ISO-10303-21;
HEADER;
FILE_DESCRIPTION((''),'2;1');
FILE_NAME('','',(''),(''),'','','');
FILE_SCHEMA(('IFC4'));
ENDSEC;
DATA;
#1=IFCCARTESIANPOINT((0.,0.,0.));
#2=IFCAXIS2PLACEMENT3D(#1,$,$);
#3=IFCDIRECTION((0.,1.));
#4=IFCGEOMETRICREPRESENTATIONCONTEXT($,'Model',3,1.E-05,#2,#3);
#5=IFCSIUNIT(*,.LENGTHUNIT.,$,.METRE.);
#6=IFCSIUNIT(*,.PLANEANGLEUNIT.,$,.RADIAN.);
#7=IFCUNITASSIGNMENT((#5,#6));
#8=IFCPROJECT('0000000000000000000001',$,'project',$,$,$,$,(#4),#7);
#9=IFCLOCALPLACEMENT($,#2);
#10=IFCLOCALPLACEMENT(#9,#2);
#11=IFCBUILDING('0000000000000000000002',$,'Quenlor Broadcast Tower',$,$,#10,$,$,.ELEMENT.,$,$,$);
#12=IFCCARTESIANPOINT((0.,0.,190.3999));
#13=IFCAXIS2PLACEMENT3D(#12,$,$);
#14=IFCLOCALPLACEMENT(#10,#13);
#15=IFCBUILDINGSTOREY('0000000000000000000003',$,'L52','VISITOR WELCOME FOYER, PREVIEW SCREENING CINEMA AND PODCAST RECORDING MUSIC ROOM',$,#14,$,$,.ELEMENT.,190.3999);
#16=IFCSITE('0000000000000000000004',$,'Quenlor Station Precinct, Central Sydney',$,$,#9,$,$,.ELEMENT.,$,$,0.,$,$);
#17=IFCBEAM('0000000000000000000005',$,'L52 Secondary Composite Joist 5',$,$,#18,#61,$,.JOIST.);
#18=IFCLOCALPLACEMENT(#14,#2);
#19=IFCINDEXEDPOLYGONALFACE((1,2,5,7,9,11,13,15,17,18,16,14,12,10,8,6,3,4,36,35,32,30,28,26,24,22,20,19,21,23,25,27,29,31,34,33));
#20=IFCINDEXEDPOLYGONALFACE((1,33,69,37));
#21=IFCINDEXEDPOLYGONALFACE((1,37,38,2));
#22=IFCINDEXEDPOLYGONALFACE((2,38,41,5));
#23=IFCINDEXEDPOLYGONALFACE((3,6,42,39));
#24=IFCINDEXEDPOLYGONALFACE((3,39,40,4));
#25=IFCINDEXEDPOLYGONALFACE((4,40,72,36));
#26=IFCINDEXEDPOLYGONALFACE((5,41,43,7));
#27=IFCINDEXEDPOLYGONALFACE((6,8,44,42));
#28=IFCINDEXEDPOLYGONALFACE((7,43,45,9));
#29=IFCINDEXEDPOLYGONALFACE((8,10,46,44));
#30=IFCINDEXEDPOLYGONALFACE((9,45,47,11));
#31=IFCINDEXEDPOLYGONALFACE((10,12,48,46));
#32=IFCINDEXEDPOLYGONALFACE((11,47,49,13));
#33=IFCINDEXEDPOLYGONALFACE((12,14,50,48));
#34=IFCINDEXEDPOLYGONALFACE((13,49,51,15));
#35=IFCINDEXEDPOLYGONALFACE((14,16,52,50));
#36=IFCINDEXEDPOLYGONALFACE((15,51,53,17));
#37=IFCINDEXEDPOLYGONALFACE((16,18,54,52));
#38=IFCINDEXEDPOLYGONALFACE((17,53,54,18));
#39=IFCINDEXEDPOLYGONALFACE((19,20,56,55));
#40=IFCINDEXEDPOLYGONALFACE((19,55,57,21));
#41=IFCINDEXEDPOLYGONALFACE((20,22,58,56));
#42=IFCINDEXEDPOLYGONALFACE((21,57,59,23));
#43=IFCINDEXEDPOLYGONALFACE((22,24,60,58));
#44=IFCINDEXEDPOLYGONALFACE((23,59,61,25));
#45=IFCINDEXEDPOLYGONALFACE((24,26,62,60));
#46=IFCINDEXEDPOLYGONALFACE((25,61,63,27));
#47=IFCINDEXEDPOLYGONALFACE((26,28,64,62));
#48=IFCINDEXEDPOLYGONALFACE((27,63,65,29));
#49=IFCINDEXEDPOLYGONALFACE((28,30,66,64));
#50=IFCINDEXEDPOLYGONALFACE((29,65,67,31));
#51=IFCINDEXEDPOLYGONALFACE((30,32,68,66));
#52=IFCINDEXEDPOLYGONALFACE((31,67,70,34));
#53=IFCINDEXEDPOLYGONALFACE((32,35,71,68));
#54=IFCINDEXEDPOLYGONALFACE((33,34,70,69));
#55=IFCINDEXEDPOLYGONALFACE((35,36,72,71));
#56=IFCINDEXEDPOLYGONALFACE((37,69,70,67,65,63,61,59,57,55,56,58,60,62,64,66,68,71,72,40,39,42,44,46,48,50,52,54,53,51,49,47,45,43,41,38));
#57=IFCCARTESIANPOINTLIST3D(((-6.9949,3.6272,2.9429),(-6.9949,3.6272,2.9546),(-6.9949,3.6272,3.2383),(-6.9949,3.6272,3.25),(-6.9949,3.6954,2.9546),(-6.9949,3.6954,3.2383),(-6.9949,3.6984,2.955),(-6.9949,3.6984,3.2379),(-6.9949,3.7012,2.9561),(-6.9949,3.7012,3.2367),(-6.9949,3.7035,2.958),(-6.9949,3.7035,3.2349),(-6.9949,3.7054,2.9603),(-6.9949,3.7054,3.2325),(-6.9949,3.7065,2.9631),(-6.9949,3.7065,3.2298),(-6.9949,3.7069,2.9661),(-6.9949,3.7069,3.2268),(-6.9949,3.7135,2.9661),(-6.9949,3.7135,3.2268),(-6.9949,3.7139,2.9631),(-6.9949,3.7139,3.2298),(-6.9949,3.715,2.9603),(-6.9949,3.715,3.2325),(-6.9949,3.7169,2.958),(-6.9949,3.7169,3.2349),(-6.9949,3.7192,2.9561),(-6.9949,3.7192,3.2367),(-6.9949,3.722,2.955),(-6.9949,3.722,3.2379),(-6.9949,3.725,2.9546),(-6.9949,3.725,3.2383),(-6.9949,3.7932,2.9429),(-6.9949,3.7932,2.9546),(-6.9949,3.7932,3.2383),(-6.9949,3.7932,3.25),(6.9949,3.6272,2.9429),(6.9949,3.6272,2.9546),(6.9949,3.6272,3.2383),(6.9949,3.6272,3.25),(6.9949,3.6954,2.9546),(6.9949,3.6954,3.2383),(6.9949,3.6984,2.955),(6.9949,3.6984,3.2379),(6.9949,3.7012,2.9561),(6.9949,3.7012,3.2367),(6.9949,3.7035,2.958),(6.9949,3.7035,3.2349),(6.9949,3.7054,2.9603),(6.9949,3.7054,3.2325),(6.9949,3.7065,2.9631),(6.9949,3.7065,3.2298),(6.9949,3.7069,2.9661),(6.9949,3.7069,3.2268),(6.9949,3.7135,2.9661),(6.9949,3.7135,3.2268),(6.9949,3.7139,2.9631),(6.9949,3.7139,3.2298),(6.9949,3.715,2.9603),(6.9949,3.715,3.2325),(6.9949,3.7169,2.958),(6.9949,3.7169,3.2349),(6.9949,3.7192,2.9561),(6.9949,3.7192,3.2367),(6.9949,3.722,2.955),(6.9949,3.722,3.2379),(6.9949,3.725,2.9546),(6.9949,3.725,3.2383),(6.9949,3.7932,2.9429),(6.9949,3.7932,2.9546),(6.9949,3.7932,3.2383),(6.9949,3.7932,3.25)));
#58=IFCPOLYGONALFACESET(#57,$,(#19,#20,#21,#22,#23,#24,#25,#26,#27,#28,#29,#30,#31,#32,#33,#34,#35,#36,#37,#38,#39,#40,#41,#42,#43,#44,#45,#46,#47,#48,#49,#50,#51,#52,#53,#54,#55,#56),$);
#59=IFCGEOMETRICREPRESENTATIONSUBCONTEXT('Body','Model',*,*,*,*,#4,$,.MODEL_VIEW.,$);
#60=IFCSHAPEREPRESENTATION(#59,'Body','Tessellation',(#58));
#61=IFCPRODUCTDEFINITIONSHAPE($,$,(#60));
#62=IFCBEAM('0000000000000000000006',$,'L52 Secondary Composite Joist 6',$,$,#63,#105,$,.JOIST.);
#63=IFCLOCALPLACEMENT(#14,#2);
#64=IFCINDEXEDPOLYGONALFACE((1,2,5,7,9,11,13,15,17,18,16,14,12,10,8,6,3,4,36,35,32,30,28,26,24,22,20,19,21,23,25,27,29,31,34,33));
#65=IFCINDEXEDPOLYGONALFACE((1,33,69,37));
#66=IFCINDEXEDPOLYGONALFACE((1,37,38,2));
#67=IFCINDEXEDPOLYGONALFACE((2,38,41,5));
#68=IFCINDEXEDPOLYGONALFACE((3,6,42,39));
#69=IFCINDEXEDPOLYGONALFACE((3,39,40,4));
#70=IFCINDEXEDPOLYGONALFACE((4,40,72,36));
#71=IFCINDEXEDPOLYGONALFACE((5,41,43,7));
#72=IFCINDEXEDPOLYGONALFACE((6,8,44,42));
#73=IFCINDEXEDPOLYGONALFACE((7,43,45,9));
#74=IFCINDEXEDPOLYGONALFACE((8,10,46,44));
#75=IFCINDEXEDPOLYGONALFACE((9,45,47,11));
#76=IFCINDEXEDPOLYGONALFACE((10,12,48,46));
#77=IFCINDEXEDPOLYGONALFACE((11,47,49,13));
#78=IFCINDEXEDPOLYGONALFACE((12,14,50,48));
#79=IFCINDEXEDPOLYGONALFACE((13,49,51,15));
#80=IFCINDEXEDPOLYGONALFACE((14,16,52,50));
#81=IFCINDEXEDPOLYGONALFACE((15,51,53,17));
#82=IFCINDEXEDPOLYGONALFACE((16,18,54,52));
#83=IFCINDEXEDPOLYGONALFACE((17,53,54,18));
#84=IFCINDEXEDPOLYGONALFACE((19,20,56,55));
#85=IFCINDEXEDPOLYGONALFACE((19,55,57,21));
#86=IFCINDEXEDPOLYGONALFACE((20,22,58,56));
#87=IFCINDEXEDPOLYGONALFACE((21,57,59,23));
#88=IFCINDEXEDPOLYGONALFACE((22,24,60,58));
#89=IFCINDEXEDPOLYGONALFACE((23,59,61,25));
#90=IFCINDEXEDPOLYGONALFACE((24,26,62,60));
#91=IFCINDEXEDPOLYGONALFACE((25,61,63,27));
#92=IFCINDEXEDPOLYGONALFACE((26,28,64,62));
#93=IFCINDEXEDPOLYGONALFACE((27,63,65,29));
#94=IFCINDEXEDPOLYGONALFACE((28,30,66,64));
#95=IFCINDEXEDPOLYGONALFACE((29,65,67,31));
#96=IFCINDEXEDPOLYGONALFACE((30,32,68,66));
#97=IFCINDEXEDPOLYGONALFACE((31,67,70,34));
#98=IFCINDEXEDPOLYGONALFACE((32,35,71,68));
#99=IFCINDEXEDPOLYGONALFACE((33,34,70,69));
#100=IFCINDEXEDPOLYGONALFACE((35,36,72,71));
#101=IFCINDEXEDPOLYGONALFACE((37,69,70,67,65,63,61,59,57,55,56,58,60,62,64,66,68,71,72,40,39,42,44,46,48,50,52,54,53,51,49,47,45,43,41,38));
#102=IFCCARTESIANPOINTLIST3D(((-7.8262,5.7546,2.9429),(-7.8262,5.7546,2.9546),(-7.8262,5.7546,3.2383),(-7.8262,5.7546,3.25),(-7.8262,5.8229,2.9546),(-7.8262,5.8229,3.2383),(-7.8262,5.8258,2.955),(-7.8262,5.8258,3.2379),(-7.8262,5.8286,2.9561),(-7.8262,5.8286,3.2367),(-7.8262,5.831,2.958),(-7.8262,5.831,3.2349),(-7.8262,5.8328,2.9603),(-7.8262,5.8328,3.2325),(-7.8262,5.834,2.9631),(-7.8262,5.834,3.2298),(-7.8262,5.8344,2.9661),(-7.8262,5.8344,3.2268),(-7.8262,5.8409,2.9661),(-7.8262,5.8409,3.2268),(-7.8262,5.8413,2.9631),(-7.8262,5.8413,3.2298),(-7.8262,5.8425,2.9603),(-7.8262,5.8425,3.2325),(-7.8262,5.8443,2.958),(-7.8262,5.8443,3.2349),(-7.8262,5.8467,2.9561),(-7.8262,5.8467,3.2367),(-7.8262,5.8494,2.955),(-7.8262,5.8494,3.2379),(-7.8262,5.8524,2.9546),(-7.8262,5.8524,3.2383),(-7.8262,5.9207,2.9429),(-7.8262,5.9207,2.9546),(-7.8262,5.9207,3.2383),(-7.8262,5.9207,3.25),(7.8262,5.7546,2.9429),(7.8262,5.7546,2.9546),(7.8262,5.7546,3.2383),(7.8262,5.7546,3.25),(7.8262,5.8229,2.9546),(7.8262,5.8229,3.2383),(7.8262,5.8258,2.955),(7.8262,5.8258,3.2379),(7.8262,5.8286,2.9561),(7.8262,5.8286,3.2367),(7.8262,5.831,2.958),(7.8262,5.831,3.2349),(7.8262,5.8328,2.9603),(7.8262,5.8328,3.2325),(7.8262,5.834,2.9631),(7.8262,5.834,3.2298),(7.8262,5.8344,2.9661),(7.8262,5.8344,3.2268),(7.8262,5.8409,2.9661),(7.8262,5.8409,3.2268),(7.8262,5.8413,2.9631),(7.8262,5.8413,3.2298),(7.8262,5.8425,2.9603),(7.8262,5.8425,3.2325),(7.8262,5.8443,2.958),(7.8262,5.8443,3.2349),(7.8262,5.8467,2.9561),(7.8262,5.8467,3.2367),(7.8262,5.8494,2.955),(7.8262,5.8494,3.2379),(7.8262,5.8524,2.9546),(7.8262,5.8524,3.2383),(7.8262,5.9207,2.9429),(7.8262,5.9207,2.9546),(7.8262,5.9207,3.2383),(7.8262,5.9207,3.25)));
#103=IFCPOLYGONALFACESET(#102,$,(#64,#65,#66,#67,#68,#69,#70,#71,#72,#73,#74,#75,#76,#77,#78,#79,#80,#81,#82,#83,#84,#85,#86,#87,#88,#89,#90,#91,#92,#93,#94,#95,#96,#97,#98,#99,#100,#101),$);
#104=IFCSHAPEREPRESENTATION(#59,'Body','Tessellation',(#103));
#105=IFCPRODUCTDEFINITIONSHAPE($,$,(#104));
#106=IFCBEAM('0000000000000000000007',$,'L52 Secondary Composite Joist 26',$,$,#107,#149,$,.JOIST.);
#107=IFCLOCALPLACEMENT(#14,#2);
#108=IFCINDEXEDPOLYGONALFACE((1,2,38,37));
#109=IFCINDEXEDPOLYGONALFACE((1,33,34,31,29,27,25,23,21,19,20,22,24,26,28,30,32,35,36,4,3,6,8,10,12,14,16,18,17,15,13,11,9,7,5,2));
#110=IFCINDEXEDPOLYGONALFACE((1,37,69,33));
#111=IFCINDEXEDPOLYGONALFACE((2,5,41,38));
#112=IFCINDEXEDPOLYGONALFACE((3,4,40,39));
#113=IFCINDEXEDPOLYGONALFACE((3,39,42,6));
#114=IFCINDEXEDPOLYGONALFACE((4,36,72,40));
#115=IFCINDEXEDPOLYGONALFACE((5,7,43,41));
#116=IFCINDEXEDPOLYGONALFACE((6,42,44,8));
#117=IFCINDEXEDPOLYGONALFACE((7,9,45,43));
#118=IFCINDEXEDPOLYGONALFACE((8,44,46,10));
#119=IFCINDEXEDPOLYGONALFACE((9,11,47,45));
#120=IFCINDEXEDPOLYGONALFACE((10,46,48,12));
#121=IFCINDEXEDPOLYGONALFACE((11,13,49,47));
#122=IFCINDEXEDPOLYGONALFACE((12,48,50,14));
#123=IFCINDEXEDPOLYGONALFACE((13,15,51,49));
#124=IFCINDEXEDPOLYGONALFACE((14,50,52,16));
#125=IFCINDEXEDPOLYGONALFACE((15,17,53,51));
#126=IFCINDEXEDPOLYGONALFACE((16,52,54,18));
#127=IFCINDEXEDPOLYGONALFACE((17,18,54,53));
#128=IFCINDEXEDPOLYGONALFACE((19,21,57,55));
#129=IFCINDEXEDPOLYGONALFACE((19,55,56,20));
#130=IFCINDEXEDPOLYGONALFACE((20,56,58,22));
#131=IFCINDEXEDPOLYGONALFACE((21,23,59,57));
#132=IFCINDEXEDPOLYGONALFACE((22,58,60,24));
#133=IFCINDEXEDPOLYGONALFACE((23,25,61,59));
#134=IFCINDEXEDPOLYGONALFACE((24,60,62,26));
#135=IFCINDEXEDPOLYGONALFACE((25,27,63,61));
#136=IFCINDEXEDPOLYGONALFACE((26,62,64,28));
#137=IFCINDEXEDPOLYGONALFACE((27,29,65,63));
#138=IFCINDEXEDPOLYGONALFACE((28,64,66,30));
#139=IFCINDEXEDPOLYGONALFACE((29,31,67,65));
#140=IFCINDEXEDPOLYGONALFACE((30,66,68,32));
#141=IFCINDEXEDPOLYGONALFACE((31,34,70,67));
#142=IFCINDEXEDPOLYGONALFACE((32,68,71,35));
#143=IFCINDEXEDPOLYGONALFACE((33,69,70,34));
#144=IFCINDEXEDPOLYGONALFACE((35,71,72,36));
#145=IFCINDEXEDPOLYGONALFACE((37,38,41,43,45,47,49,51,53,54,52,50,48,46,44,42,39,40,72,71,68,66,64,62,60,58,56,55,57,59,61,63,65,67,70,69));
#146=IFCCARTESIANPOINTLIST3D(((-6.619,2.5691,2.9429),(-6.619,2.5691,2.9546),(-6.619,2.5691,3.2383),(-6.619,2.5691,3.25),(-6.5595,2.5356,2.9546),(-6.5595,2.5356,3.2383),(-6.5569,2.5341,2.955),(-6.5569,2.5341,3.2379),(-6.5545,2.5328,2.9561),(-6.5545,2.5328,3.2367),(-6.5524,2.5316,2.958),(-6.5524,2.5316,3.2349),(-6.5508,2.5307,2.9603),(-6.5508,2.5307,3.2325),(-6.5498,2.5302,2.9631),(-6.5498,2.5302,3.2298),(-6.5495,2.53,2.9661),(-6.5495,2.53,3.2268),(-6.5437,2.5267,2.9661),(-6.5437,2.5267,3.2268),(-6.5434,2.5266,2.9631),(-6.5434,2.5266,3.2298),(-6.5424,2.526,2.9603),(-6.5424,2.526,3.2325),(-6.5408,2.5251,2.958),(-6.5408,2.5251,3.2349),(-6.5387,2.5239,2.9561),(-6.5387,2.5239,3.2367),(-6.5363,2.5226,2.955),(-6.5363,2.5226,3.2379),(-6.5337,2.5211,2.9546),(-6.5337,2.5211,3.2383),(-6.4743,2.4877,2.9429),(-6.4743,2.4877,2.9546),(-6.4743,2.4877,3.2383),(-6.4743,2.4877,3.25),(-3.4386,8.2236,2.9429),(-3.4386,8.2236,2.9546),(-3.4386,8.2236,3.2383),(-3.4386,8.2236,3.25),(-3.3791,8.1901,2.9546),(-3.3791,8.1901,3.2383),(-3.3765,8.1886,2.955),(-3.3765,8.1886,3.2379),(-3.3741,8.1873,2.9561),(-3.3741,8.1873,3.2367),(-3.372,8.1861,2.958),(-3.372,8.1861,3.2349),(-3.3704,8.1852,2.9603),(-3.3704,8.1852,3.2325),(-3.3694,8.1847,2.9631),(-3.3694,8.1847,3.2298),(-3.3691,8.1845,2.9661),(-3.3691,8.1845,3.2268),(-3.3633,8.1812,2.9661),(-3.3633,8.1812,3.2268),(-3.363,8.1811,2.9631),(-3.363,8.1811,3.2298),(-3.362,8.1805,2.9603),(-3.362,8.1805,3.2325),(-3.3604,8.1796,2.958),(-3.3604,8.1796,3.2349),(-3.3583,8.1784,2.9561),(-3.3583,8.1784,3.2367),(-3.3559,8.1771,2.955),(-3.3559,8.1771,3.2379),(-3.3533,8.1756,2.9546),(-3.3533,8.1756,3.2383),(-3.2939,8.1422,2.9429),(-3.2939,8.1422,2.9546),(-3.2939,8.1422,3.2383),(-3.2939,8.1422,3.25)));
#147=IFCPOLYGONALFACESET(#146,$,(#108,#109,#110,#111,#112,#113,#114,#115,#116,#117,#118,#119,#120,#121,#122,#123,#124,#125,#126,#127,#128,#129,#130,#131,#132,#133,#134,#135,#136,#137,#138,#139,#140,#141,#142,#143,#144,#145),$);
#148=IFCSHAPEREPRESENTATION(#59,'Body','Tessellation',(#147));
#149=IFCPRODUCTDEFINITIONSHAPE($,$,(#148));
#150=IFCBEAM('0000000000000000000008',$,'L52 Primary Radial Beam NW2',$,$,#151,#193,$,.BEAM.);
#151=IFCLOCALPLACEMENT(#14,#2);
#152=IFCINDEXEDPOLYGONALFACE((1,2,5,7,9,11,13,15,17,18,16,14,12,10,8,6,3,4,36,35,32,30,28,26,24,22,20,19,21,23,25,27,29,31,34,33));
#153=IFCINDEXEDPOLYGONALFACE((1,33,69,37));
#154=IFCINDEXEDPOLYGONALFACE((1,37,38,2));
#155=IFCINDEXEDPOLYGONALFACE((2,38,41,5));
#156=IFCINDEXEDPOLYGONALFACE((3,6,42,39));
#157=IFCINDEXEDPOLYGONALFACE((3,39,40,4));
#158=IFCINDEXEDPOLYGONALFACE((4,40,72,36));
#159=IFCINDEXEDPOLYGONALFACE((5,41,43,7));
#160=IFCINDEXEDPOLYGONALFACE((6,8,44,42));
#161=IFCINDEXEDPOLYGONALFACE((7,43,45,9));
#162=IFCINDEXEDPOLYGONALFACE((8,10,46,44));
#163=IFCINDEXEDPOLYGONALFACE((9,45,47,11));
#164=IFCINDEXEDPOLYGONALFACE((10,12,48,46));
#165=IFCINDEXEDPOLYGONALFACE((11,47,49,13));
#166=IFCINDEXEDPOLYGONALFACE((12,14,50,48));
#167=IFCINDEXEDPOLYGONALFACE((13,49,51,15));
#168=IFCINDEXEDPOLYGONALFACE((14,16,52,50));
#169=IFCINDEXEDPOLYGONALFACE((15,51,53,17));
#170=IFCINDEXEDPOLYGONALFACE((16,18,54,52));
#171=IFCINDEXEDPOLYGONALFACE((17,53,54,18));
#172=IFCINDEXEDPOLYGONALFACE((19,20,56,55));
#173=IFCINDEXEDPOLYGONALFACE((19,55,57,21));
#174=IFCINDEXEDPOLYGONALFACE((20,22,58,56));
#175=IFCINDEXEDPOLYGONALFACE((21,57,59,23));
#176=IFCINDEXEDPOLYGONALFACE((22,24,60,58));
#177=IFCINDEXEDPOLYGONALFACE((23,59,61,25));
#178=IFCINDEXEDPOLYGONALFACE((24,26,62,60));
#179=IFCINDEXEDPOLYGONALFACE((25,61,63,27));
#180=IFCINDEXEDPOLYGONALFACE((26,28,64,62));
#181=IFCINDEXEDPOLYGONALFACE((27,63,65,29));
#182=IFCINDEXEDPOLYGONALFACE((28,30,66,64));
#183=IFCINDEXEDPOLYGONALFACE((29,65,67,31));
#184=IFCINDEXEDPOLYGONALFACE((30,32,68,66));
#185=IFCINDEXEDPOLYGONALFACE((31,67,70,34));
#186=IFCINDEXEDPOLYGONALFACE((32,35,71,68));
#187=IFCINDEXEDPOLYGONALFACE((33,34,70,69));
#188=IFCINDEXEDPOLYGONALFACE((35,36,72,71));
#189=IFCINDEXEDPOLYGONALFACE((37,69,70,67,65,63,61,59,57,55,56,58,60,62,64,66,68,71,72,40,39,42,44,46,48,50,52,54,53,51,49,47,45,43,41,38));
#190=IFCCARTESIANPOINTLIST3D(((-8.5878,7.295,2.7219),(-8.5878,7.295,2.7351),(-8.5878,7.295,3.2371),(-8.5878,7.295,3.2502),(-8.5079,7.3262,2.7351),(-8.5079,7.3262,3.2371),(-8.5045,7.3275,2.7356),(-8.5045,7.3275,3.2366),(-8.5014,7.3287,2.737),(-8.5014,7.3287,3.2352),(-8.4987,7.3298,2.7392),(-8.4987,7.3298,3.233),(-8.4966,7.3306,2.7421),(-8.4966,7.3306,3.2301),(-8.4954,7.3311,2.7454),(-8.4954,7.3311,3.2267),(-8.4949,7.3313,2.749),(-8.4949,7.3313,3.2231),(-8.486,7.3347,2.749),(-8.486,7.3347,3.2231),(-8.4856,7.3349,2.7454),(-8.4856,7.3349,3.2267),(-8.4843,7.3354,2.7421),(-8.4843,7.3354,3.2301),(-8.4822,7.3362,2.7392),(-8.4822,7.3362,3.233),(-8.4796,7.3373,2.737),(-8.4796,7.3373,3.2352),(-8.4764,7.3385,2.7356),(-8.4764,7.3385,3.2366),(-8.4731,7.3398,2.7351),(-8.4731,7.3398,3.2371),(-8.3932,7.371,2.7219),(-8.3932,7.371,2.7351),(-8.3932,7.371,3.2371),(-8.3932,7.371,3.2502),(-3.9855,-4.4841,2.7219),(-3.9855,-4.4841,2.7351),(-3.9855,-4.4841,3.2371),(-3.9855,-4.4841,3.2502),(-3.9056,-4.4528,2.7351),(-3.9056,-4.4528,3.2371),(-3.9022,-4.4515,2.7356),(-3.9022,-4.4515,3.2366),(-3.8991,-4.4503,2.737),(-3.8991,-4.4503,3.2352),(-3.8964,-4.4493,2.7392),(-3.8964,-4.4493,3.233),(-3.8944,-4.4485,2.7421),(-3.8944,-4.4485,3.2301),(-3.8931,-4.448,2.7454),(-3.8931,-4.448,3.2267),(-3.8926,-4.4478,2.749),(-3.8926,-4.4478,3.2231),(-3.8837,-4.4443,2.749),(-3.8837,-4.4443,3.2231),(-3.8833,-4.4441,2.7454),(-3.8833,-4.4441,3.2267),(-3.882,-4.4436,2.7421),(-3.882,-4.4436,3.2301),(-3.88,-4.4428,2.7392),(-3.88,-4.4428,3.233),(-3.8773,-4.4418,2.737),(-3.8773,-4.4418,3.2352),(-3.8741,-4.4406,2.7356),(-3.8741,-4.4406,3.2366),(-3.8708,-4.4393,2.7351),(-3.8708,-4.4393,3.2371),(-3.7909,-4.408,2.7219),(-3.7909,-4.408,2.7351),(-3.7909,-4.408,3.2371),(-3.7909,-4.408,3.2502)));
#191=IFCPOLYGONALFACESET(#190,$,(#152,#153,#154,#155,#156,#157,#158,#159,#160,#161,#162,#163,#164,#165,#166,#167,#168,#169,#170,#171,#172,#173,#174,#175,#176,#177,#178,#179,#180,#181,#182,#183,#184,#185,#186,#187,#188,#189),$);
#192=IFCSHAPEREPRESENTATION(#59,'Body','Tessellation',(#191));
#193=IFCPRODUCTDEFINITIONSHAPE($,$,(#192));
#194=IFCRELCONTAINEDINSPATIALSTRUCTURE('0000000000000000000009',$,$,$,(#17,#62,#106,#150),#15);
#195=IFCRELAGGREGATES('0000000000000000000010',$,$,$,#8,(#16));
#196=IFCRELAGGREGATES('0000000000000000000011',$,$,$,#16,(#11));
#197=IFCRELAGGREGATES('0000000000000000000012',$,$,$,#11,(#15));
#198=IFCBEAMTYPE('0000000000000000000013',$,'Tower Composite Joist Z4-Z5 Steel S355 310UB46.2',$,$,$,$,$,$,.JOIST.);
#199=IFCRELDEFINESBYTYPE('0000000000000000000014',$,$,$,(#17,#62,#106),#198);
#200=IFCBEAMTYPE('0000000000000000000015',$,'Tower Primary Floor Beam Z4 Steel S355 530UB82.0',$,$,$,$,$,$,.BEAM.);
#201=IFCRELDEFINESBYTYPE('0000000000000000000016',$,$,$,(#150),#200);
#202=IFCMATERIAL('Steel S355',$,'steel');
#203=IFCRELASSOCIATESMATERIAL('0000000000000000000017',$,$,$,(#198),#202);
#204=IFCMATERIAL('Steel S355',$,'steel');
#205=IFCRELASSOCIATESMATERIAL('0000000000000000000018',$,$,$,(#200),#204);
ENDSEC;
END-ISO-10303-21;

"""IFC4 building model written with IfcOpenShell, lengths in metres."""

from ifc_helpers import new_model, si_unit, direction, frame, origin, origin_2d, place, context, subcontext, project, spatial, i_section, extrude, material, material_profile, profile_set, type_object, element, save


model = new_model("IFC4")

# Units and contexts
model_context = context("Model", 3, precision=1e-05, world=origin(), true_north=direction((0.0, 1.0)))
body_context = subcontext(model_context, "Body", "Model", "MODEL_VIEW")
ifc_project = project(units=[si_unit("LENGTHUNIT", "METRE"), si_unit("PLANEANGLEUNIT", "RADIAN")], contexts=[model_context])

# Site, building, storey
site_placement = place(None, origin())
site = spatial("IfcSite", under=ifc_project, at=site_placement, Name="Quenlor Station Precinct, Central Sydney", CompositionType="ELEMENT", RefElevation=0.0)
building_placement = place(site_placement, origin())
building = spatial("IfcBuilding", under=site, at=building_placement, Name="Quenlor Broadcast Tower", CompositionType="ELEMENT")
storey_placement = place(building_placement, frame((0.0, 0.0, 190.3999)))
storey = spatial("IfcBuildingStorey", under=building, at=storey_placement, Name="L52", Description="VISITOR WELCOME FOYER, PREVIEW SCREENING CINEMA AND PODCAST RECORDING MUSIC ROOM", CompositionType="ELEMENT", Elevation=190.3999)

# Beams
ifc_material_1 = material(Name="Steel S355", Category="steel")
ifc_material_profile_1 = material_profile(ifc_material_1, i_section(OverallWidth=0.166, OverallDepth=0.3071, WebThickness=0.0066, FlangeThickness=0.0117, FilletRadius=0.0115, at=origin_2d()))
ifc_profile_set_1 = profile_set([ifc_material_profile_1], Name="Steel S355 310UB46.2")
beam_type_1 = type_object("IfcBeamType", Name="Tower Composite Joist Z4-Z5 Steel S355 310UB46.2", PredefinedType="JOIST", material=ifc_profile_set_1)
beam_1_placement = place(storey_placement, frame((-6.9949, 3.7102, 3.0964), z_axis=(1.0, 0.0, 0.0), x_axis=(0.0, 1.0, 0.0)))
element("IfcBeam", 1, at=beam_1_placement, inside=storey, type_object=beam_type_1, Name="L52 Secondary Composite Joist 5", PredefinedType="JOIST", context=body_context, shape_type="SweptSolid", body=[
    extrude(i_section(OverallWidth=0.166, OverallDepth=0.3071, WebThickness=0.0066, FlangeThickness=0.0117, FilletRadius=0.0115, at=origin_2d()), origin(), (0.0, 0.0, 1.0), 13.9897),
])
beam_2_placement = place(storey_placement, frame((-7.8262, 5.8376, 3.0964), z_axis=(1.0, 0.0, 0.0), x_axis=(0.0, 1.0, 0.0)))
element("IfcBeam", 2, at=beam_2_placement, inside=storey, type_object=beam_type_1, Name="L52 Secondary Composite Joist 6", PredefinedType="JOIST", context=body_context, shape_type="SweptSolid", body=[
    extrude(i_section(OverallWidth=0.166, OverallDepth=0.3071, WebThickness=0.0066, FlangeThickness=0.0117, FilletRadius=0.0115, at=origin_2d()), origin(), (0.0, 0.0, 1.0), 15.6523),
])
beam_3_placement = place(storey_placement, frame((-3.3662, 8.1829, 3.0964), z_axis=(-0.490231, -0.871593, 0.0), x_axis=(0.871593, -0.490231, 0.0)))
element("IfcBeam", 3, at=beam_3_placement, inside=storey, type_object=beam_type_1, Name="L52 Secondary Composite Joist 26", PredefinedType="JOIST", context=body_context, shape_type="SweptSolid", body=[
    extrude(i_section(OverallWidth=0.166, OverallDepth=0.3071, WebThickness=0.0066, FlangeThickness=0.0117, FilletRadius=0.0115, at=origin_2d()), origin(), (0.0, 0.0, 1.0), 6.4875),
])
ifc_material_2 = material(Name="Steel S355", Category="steel")
ifc_material_profile_2 = material_profile(ifc_material_2, i_section(OverallWidth=0.209, OverallDepth=0.5283, WebThickness=0.0095, FlangeThickness=0.0132, FilletRadius=0.0139, at=origin_2d()))
ifc_profile_set_2 = profile_set([ifc_material_profile_2], Name="Steel S355 530UB82.0")
beam_type_2 = type_object("IfcBeamType", Name="Tower Primary Floor Beam Z4 Steel S355 530UB82.0", PredefinedType="BEAM", material=ifc_profile_set_2)
beam_4_placement = place(storey_placement, frame((-8.4905, 7.333, 2.9861), z_axis=(0.363926, -0.931428, 0.0), x_axis=(0.931428, 0.363926, 0.0)))
element("IfcBeam", 4, at=beam_4_placement, inside=storey, type_object=beam_type_2, Name="L52 Primary Radial Beam NW2", PredefinedType="BEAM", context=body_context, shape_type="SweptSolid", body=[
    extrude(i_section(OverallWidth=0.209, OverallDepth=0.5283, WebThickness=0.0095, FlangeThickness=0.0132, FilletRadius=0.0139, at=origin_2d()), origin(), (0.0, 0.0, 1.0), 12.6462),
])

save(model, "model.ifc")
